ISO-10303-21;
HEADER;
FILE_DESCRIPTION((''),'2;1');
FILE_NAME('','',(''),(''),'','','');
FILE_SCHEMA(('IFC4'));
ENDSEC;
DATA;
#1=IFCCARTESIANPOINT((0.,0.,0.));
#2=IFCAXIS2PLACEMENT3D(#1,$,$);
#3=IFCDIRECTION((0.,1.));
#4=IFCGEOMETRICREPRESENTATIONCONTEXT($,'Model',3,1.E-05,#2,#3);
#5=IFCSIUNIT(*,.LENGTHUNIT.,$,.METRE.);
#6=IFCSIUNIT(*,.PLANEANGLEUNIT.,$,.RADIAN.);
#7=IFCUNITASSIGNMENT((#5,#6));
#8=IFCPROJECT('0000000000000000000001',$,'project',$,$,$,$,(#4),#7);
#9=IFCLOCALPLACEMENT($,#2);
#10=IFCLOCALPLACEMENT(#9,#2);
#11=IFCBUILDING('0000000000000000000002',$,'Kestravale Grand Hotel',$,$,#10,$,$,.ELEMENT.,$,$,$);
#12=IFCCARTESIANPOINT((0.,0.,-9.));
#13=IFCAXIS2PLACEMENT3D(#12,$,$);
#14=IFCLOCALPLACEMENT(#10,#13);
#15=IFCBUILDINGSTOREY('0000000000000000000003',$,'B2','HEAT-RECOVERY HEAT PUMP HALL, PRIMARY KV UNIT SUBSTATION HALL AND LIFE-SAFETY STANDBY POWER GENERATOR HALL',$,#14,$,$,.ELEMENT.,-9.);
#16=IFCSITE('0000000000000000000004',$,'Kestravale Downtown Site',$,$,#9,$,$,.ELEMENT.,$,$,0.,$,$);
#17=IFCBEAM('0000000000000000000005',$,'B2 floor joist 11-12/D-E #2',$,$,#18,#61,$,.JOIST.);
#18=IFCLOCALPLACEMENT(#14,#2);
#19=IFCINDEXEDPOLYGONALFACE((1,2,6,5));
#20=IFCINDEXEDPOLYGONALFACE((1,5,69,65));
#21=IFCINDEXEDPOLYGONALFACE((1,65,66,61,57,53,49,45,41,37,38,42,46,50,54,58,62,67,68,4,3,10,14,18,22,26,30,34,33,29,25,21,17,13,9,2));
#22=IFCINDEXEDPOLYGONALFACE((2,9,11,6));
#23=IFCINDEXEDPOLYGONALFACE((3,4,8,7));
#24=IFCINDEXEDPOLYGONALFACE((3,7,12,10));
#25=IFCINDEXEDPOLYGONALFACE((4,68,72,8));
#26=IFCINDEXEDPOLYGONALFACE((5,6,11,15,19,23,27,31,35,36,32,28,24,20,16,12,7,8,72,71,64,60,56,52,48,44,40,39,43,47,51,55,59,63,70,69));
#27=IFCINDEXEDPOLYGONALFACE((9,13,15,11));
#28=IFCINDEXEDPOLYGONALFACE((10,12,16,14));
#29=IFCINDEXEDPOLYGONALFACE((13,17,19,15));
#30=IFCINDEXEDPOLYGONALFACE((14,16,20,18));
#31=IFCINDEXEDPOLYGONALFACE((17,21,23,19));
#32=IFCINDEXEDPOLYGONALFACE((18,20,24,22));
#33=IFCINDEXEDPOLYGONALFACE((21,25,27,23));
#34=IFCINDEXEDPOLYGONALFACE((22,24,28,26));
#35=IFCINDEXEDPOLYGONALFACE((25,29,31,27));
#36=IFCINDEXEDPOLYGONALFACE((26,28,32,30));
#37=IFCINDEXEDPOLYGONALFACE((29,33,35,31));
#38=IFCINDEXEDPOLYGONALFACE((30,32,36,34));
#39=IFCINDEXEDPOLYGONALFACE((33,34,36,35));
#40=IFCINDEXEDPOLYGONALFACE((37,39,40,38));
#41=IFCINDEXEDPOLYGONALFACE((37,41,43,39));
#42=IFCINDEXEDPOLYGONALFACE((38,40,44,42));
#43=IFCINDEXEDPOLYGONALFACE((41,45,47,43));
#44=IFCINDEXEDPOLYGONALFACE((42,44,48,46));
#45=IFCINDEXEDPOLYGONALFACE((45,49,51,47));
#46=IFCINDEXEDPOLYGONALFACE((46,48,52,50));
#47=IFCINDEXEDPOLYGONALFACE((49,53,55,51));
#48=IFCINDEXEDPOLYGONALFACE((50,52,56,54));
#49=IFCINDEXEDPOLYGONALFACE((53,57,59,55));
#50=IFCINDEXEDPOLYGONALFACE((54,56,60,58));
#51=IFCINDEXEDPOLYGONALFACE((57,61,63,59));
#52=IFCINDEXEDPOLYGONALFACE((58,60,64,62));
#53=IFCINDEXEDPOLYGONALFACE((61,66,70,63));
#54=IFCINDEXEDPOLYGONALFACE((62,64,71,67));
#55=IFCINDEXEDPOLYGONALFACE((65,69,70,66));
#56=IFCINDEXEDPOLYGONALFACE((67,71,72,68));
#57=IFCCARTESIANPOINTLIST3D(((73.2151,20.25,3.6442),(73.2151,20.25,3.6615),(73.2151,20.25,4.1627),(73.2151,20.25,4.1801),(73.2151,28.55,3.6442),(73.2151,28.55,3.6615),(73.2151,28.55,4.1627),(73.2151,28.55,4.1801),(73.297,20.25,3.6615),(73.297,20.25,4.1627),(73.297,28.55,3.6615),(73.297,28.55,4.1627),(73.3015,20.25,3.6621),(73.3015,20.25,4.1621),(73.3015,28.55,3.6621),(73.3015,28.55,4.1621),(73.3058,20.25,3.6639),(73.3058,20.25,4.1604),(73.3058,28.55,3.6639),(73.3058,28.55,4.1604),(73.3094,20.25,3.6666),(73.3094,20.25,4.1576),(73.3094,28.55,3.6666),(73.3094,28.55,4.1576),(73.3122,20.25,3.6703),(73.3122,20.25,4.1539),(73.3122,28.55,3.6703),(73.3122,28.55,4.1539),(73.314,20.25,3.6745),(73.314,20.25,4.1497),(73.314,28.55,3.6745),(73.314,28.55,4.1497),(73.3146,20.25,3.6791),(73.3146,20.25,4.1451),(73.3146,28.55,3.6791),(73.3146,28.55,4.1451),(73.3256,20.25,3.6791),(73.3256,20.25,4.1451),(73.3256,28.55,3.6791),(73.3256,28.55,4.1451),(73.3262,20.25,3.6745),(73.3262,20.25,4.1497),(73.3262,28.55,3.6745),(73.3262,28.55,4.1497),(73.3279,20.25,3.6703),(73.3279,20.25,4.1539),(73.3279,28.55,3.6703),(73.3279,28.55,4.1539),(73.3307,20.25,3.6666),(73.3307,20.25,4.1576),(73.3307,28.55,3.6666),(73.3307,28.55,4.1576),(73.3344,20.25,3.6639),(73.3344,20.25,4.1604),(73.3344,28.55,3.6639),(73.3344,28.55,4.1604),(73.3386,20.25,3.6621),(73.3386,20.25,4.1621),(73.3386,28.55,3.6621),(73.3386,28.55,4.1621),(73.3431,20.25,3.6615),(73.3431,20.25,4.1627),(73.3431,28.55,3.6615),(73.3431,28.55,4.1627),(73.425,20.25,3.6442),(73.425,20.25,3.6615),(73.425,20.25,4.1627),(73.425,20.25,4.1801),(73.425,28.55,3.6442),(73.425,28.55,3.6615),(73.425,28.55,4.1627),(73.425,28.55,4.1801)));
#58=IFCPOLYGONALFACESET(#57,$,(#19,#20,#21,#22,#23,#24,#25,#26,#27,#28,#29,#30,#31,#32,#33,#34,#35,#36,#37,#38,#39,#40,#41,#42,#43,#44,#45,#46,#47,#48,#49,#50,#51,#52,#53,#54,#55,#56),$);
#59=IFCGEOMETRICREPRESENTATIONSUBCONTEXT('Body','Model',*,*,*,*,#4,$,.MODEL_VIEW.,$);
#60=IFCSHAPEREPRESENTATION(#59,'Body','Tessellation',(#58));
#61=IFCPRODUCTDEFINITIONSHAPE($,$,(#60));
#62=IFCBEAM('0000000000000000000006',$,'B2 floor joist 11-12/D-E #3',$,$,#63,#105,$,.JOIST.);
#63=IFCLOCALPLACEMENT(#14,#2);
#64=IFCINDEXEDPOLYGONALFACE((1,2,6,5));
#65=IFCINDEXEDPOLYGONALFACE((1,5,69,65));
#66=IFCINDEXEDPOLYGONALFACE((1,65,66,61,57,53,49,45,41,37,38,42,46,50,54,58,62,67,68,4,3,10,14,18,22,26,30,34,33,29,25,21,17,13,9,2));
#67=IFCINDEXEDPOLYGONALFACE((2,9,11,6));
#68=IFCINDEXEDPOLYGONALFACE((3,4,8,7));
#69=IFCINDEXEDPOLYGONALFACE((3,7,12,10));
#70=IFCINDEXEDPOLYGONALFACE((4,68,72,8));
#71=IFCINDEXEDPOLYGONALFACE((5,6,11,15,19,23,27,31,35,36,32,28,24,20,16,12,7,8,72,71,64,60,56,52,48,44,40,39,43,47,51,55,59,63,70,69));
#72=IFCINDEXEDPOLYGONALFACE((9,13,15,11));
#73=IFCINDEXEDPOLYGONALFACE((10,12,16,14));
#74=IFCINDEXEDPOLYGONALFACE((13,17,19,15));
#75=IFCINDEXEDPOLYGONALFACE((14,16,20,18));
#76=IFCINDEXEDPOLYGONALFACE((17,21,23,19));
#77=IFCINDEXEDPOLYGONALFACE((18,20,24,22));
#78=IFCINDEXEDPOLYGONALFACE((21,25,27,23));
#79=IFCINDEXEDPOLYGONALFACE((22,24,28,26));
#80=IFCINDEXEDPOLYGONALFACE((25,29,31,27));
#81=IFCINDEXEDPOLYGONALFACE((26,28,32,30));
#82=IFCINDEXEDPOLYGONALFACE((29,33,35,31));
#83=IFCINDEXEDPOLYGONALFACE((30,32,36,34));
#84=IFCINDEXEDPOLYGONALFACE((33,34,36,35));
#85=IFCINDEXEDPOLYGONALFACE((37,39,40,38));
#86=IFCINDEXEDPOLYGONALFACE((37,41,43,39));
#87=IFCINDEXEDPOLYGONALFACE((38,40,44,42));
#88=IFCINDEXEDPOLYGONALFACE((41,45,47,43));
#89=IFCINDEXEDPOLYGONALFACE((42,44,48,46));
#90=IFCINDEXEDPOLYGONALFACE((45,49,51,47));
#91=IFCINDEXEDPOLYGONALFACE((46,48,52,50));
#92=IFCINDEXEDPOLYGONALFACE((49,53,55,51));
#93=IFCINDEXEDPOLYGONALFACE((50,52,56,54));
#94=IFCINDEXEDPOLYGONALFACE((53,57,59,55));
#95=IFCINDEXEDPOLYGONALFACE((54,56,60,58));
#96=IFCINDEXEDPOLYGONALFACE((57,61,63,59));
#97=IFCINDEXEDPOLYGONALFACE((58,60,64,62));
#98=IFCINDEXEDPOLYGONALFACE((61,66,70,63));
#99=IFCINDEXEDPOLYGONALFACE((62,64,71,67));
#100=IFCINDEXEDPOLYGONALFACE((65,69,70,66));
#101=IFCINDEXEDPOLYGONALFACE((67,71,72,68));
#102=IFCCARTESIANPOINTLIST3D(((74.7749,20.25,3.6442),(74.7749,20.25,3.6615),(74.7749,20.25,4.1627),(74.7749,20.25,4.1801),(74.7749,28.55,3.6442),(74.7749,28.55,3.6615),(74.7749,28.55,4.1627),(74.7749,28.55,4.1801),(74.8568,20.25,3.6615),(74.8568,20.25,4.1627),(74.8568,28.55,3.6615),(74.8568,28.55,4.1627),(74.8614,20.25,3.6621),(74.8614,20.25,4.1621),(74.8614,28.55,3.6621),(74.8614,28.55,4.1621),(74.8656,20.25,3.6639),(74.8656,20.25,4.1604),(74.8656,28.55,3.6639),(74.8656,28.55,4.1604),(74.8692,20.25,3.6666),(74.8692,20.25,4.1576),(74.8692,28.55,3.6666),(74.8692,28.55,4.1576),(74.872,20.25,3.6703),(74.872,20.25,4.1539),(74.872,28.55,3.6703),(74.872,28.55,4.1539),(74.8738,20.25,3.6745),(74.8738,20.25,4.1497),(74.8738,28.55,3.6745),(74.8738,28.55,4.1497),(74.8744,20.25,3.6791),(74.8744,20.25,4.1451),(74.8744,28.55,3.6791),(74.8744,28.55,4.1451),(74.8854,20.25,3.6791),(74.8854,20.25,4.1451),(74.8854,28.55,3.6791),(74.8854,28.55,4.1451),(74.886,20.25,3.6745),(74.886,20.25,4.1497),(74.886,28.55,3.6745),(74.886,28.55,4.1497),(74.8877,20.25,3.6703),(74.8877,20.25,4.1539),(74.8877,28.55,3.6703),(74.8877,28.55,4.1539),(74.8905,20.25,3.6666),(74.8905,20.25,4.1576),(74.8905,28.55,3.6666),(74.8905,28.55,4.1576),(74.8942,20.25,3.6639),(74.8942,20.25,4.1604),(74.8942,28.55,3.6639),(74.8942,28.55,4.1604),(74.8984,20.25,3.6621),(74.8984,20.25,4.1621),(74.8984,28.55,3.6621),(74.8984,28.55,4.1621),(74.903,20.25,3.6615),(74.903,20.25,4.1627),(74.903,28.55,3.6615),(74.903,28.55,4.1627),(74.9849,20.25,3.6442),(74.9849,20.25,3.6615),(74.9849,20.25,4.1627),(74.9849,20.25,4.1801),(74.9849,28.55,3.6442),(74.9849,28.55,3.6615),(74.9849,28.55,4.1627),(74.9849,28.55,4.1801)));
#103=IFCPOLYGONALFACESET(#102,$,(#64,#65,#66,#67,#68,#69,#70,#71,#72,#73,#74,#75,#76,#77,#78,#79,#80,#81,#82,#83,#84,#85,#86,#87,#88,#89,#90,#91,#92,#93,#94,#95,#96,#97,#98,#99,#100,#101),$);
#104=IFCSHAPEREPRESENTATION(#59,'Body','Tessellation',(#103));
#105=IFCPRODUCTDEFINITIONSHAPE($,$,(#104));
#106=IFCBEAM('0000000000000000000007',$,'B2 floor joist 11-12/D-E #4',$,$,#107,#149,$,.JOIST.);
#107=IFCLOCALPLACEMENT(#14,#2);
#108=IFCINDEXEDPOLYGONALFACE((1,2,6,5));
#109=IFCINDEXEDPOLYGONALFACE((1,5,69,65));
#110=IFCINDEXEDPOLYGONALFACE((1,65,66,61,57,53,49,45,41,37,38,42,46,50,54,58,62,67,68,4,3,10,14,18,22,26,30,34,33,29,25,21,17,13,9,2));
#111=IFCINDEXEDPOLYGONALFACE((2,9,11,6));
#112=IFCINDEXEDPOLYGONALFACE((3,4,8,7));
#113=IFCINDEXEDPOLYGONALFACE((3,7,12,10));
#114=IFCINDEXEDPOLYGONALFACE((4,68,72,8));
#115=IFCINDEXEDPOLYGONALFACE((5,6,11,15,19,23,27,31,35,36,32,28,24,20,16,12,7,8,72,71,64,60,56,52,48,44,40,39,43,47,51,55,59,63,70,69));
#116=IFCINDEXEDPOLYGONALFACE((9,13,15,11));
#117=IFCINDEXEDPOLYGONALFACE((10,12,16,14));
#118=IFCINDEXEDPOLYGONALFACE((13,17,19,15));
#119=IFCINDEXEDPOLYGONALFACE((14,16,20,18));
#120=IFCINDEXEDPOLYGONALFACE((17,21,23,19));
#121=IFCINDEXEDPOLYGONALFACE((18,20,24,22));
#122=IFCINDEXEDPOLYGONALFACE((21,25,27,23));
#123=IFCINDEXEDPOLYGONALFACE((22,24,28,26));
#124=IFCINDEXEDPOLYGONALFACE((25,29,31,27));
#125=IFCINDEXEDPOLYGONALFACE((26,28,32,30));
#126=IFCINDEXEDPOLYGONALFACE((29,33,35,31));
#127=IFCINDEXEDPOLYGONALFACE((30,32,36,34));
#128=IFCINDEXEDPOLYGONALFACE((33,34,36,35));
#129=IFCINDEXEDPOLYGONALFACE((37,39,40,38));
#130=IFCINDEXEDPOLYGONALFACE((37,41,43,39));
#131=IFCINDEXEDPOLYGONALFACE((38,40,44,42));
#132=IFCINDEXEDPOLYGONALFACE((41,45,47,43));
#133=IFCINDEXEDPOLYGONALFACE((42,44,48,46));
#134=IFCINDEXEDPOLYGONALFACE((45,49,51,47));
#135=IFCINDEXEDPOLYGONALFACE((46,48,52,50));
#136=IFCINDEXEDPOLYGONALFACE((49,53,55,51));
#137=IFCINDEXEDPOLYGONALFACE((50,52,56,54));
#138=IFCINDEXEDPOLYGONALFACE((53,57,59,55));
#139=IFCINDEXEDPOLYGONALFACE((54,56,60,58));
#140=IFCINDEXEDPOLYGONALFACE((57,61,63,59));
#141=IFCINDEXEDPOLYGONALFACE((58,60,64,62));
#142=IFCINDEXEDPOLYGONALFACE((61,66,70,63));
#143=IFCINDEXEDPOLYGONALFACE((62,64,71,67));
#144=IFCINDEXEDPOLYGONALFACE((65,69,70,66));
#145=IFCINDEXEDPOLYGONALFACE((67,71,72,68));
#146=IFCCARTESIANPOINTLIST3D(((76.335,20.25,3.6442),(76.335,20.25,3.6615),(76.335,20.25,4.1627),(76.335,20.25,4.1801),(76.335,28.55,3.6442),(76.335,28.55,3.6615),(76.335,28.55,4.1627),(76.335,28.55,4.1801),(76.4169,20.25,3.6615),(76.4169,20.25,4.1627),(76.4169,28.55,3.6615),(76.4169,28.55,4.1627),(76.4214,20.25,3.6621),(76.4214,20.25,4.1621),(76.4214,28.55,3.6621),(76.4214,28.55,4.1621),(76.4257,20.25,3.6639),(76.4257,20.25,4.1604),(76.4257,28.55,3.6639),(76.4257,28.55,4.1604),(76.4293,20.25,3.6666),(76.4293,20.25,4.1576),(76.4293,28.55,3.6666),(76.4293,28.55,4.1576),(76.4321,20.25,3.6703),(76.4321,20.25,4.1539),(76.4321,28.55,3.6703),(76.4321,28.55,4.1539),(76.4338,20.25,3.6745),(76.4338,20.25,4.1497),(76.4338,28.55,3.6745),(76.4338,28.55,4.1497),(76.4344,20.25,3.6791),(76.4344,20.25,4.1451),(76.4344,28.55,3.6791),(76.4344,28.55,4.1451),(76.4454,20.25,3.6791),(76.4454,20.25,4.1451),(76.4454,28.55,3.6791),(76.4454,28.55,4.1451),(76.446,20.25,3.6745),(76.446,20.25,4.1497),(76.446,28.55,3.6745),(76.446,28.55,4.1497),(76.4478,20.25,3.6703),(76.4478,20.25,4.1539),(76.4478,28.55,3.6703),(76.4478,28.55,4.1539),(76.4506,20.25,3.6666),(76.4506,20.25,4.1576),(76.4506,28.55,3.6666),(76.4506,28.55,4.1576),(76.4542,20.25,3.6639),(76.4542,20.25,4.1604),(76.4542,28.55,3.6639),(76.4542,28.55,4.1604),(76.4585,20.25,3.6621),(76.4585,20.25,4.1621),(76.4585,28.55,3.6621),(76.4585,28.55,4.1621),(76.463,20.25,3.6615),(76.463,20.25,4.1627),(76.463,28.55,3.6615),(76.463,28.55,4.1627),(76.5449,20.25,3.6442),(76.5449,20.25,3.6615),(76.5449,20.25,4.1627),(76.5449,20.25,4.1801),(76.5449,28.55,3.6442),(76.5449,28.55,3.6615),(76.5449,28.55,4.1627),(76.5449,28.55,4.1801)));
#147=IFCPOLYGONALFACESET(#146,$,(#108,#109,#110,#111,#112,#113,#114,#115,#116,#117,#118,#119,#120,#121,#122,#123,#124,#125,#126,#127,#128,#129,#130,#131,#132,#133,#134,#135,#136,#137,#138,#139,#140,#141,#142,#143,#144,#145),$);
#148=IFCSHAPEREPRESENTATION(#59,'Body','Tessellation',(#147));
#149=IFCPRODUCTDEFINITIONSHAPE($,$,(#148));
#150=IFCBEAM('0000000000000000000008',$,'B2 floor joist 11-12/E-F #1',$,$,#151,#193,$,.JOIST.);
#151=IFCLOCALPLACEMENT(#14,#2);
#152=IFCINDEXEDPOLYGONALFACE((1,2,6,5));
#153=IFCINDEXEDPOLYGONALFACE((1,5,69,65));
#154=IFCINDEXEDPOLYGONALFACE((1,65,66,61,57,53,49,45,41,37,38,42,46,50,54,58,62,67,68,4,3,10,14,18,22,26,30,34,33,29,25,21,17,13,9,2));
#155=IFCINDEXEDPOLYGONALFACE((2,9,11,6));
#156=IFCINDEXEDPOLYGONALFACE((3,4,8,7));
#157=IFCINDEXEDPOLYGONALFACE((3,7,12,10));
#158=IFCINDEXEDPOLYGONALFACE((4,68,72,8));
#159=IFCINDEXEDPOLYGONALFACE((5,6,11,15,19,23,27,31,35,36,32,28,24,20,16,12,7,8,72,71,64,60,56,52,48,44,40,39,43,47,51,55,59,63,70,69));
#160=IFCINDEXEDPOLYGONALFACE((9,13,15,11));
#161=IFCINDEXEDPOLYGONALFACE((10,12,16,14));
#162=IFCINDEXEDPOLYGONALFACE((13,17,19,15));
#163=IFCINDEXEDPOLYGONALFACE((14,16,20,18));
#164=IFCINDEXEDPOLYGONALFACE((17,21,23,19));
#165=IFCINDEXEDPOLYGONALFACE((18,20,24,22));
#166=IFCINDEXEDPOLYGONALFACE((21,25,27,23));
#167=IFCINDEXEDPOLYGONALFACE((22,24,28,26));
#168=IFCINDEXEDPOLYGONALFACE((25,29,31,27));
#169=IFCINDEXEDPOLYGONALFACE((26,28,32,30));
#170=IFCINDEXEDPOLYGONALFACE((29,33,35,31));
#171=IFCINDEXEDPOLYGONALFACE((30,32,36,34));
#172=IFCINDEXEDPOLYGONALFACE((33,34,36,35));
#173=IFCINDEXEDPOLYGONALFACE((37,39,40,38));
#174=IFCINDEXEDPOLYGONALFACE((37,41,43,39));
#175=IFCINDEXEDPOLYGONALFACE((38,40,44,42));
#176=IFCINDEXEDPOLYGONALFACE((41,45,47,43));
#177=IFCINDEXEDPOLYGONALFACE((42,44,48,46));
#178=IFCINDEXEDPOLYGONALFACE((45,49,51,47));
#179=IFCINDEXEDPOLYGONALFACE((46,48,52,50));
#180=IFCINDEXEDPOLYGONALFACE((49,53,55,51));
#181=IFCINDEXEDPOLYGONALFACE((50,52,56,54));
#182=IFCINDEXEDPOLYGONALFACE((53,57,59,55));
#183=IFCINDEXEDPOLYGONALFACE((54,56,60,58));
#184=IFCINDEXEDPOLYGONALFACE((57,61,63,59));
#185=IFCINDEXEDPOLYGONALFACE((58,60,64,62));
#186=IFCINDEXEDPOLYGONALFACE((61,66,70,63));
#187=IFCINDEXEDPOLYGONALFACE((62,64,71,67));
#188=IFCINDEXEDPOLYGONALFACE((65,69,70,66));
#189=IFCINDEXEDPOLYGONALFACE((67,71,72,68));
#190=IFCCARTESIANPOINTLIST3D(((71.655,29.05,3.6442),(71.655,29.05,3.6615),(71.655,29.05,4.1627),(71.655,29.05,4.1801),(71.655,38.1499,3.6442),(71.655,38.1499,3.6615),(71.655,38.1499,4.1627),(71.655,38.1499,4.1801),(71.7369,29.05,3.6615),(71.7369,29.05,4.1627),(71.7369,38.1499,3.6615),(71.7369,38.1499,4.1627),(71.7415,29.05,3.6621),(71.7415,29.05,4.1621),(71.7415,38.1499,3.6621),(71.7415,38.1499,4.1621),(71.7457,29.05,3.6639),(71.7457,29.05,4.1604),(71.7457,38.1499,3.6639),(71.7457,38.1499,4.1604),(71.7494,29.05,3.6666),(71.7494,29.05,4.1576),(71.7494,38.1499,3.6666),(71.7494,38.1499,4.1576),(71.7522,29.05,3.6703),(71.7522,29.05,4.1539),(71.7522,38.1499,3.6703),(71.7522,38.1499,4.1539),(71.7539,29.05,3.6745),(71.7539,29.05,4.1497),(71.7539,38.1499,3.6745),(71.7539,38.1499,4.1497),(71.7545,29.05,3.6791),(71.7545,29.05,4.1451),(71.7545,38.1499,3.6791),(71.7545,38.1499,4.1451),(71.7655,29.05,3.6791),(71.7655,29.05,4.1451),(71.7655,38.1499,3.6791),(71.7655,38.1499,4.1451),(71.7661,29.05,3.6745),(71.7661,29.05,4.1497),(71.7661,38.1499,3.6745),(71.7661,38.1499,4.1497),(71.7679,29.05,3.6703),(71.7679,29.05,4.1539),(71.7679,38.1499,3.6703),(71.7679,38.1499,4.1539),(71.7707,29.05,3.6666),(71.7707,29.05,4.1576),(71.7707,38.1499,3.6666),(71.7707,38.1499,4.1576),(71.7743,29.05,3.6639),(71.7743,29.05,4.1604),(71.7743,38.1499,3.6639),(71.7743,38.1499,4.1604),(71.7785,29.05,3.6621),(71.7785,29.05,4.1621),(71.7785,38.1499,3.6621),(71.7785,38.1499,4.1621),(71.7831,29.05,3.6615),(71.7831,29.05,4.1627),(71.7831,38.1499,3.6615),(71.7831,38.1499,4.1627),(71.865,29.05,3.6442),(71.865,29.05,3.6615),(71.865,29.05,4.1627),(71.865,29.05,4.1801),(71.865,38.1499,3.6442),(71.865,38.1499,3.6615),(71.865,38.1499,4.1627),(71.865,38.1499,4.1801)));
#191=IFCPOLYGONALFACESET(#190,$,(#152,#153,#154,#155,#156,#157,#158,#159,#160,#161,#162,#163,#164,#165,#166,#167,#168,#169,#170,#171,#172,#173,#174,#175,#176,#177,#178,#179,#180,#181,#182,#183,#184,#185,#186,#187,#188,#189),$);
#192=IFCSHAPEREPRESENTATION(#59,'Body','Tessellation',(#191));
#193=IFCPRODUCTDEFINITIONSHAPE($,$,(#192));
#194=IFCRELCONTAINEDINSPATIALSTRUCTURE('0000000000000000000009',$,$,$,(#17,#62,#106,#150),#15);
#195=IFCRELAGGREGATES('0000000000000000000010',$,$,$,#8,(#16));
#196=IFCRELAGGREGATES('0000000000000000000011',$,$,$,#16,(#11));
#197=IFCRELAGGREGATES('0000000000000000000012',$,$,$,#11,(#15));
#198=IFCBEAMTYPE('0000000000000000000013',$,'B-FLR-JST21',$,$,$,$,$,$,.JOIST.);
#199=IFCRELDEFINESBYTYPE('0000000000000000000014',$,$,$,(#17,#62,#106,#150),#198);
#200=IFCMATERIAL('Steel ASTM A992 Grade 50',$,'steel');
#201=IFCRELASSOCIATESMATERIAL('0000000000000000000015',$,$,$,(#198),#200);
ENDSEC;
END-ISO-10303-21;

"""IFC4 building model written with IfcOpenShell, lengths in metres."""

from ifc_helpers import new_model, si_unit, direction, frame, origin, origin_2d, place, context, subcontext, project, spatial, i_section, extrude, material, material_profile, profile_set, type_object, element, save


model = new_model("IFC4")

# Units and contexts
model_context = context("Model", 3, precision=1e-05, world=origin(), true_north=direction((0.0, 1.0)))
body_context = subcontext(model_context, "Body", "Model", "MODEL_VIEW")
ifc_project = project(units=[si_unit("LENGTHUNIT", "METRE"), si_unit("PLANEANGLEUNIT", "RADIAN")], contexts=[model_context])

# Site, building, storey
site_placement = place(None, origin())
site = spatial("IfcSite", under=ifc_project, at=site_placement, Name="Kestravale Downtown Site", CompositionType="ELEMENT", RefElevation=0.0)
building_placement = place(site_placement, origin())
building = spatial("IfcBuilding", under=site, at=building_placement, Name="Kestravale Grand Hotel", CompositionType="ELEMENT")
storey_placement = place(building_placement, frame((0.0, 0.0, -9.0)))
storey = spatial("IfcBuildingStorey", under=building, at=storey_placement, Name="B2", Description="HEAT-RECOVERY HEAT PUMP HALL, PRIMARY KV UNIT SUBSTATION HALL AND LIFE-SAFETY STANDBY POWER GENERATOR HALL", CompositionType="ELEMENT", Elevation=-9.0)

# Beams
ifc_material_1 = material(Name="Steel ASTM A992 Grade 50", Category="steel")
ifc_material_profile_1 = material_profile(ifc_material_1, i_section(OverallWidth=0.21, OverallDepth=0.5359, WebThickness=0.011, FlangeThickness=0.0173, FilletRadius=0.0176, at=origin_2d()))
ifc_profile_set_1 = profile_set([ifc_material_profile_1], Name="Steel ASTM A992 Grade 50")
beam_type_1 = type_object("IfcBeamType", Name="B-FLR-JST21", PredefinedType="JOIST", material=ifc_profile_set_1)
for number, where, z_axis, x_axis, name in (
    (1, (73.3201, 20.25, 3.9121), (0.0, 1.0, 0.0), (-1.0, 0.0, 0.0), "B2 floor joist 11-12/D-E #2"),
    (2, (74.8799, 20.25, 3.9121), (0.0, 1.0, 0.0), (-1.0, 0.0, 0.0), "B2 floor joist 11-12/D-E #3"),
    (3, (76.4399, 20.25, 3.9121), (0.0, 1.0, 0.0), (-1.0, 0.0, 0.0), "B2 floor joist 11-12/D-E #4"),
):
    element("IfcBeam", number, at=place(storey_placement, frame(where, z_axis=z_axis, x_axis=x_axis)), inside=storey, type_object=beam_type_1, Name=name, PredefinedType="JOIST", context=body_context, shape_type="SweptSolid", body=[
        extrude(i_section(OverallWidth=0.21, OverallDepth=0.5359, WebThickness=0.011, FlangeThickness=0.0173, FilletRadius=0.0176, at=origin_2d()), origin(), (0.0, 0.0, 1.0), 8.3),
    ])
for number, where, z_axis, x_axis, name in (
    (4, (71.76, 29.05, 3.9121), (0.0, 1.0, 0.0), (-1.0, 0.0, 0.0), "B2 floor joist 11-12/E-F #1"),
):
    element("IfcBeam", number, at=place(storey_placement, frame(where, z_axis=z_axis, x_axis=x_axis)), inside=storey, type_object=beam_type_1, Name=name, PredefinedType="JOIST", context=body_context, shape_type="SweptSolid", body=[
        extrude(i_section(OverallWidth=0.21, OverallDepth=0.5359, WebThickness=0.011, FlangeThickness=0.0173, FilletRadius=0.0176, at=origin_2d()), origin(), (0.0, 0.0, 1.0), 9.0999),
    ])

save(model, "model.ifc")
